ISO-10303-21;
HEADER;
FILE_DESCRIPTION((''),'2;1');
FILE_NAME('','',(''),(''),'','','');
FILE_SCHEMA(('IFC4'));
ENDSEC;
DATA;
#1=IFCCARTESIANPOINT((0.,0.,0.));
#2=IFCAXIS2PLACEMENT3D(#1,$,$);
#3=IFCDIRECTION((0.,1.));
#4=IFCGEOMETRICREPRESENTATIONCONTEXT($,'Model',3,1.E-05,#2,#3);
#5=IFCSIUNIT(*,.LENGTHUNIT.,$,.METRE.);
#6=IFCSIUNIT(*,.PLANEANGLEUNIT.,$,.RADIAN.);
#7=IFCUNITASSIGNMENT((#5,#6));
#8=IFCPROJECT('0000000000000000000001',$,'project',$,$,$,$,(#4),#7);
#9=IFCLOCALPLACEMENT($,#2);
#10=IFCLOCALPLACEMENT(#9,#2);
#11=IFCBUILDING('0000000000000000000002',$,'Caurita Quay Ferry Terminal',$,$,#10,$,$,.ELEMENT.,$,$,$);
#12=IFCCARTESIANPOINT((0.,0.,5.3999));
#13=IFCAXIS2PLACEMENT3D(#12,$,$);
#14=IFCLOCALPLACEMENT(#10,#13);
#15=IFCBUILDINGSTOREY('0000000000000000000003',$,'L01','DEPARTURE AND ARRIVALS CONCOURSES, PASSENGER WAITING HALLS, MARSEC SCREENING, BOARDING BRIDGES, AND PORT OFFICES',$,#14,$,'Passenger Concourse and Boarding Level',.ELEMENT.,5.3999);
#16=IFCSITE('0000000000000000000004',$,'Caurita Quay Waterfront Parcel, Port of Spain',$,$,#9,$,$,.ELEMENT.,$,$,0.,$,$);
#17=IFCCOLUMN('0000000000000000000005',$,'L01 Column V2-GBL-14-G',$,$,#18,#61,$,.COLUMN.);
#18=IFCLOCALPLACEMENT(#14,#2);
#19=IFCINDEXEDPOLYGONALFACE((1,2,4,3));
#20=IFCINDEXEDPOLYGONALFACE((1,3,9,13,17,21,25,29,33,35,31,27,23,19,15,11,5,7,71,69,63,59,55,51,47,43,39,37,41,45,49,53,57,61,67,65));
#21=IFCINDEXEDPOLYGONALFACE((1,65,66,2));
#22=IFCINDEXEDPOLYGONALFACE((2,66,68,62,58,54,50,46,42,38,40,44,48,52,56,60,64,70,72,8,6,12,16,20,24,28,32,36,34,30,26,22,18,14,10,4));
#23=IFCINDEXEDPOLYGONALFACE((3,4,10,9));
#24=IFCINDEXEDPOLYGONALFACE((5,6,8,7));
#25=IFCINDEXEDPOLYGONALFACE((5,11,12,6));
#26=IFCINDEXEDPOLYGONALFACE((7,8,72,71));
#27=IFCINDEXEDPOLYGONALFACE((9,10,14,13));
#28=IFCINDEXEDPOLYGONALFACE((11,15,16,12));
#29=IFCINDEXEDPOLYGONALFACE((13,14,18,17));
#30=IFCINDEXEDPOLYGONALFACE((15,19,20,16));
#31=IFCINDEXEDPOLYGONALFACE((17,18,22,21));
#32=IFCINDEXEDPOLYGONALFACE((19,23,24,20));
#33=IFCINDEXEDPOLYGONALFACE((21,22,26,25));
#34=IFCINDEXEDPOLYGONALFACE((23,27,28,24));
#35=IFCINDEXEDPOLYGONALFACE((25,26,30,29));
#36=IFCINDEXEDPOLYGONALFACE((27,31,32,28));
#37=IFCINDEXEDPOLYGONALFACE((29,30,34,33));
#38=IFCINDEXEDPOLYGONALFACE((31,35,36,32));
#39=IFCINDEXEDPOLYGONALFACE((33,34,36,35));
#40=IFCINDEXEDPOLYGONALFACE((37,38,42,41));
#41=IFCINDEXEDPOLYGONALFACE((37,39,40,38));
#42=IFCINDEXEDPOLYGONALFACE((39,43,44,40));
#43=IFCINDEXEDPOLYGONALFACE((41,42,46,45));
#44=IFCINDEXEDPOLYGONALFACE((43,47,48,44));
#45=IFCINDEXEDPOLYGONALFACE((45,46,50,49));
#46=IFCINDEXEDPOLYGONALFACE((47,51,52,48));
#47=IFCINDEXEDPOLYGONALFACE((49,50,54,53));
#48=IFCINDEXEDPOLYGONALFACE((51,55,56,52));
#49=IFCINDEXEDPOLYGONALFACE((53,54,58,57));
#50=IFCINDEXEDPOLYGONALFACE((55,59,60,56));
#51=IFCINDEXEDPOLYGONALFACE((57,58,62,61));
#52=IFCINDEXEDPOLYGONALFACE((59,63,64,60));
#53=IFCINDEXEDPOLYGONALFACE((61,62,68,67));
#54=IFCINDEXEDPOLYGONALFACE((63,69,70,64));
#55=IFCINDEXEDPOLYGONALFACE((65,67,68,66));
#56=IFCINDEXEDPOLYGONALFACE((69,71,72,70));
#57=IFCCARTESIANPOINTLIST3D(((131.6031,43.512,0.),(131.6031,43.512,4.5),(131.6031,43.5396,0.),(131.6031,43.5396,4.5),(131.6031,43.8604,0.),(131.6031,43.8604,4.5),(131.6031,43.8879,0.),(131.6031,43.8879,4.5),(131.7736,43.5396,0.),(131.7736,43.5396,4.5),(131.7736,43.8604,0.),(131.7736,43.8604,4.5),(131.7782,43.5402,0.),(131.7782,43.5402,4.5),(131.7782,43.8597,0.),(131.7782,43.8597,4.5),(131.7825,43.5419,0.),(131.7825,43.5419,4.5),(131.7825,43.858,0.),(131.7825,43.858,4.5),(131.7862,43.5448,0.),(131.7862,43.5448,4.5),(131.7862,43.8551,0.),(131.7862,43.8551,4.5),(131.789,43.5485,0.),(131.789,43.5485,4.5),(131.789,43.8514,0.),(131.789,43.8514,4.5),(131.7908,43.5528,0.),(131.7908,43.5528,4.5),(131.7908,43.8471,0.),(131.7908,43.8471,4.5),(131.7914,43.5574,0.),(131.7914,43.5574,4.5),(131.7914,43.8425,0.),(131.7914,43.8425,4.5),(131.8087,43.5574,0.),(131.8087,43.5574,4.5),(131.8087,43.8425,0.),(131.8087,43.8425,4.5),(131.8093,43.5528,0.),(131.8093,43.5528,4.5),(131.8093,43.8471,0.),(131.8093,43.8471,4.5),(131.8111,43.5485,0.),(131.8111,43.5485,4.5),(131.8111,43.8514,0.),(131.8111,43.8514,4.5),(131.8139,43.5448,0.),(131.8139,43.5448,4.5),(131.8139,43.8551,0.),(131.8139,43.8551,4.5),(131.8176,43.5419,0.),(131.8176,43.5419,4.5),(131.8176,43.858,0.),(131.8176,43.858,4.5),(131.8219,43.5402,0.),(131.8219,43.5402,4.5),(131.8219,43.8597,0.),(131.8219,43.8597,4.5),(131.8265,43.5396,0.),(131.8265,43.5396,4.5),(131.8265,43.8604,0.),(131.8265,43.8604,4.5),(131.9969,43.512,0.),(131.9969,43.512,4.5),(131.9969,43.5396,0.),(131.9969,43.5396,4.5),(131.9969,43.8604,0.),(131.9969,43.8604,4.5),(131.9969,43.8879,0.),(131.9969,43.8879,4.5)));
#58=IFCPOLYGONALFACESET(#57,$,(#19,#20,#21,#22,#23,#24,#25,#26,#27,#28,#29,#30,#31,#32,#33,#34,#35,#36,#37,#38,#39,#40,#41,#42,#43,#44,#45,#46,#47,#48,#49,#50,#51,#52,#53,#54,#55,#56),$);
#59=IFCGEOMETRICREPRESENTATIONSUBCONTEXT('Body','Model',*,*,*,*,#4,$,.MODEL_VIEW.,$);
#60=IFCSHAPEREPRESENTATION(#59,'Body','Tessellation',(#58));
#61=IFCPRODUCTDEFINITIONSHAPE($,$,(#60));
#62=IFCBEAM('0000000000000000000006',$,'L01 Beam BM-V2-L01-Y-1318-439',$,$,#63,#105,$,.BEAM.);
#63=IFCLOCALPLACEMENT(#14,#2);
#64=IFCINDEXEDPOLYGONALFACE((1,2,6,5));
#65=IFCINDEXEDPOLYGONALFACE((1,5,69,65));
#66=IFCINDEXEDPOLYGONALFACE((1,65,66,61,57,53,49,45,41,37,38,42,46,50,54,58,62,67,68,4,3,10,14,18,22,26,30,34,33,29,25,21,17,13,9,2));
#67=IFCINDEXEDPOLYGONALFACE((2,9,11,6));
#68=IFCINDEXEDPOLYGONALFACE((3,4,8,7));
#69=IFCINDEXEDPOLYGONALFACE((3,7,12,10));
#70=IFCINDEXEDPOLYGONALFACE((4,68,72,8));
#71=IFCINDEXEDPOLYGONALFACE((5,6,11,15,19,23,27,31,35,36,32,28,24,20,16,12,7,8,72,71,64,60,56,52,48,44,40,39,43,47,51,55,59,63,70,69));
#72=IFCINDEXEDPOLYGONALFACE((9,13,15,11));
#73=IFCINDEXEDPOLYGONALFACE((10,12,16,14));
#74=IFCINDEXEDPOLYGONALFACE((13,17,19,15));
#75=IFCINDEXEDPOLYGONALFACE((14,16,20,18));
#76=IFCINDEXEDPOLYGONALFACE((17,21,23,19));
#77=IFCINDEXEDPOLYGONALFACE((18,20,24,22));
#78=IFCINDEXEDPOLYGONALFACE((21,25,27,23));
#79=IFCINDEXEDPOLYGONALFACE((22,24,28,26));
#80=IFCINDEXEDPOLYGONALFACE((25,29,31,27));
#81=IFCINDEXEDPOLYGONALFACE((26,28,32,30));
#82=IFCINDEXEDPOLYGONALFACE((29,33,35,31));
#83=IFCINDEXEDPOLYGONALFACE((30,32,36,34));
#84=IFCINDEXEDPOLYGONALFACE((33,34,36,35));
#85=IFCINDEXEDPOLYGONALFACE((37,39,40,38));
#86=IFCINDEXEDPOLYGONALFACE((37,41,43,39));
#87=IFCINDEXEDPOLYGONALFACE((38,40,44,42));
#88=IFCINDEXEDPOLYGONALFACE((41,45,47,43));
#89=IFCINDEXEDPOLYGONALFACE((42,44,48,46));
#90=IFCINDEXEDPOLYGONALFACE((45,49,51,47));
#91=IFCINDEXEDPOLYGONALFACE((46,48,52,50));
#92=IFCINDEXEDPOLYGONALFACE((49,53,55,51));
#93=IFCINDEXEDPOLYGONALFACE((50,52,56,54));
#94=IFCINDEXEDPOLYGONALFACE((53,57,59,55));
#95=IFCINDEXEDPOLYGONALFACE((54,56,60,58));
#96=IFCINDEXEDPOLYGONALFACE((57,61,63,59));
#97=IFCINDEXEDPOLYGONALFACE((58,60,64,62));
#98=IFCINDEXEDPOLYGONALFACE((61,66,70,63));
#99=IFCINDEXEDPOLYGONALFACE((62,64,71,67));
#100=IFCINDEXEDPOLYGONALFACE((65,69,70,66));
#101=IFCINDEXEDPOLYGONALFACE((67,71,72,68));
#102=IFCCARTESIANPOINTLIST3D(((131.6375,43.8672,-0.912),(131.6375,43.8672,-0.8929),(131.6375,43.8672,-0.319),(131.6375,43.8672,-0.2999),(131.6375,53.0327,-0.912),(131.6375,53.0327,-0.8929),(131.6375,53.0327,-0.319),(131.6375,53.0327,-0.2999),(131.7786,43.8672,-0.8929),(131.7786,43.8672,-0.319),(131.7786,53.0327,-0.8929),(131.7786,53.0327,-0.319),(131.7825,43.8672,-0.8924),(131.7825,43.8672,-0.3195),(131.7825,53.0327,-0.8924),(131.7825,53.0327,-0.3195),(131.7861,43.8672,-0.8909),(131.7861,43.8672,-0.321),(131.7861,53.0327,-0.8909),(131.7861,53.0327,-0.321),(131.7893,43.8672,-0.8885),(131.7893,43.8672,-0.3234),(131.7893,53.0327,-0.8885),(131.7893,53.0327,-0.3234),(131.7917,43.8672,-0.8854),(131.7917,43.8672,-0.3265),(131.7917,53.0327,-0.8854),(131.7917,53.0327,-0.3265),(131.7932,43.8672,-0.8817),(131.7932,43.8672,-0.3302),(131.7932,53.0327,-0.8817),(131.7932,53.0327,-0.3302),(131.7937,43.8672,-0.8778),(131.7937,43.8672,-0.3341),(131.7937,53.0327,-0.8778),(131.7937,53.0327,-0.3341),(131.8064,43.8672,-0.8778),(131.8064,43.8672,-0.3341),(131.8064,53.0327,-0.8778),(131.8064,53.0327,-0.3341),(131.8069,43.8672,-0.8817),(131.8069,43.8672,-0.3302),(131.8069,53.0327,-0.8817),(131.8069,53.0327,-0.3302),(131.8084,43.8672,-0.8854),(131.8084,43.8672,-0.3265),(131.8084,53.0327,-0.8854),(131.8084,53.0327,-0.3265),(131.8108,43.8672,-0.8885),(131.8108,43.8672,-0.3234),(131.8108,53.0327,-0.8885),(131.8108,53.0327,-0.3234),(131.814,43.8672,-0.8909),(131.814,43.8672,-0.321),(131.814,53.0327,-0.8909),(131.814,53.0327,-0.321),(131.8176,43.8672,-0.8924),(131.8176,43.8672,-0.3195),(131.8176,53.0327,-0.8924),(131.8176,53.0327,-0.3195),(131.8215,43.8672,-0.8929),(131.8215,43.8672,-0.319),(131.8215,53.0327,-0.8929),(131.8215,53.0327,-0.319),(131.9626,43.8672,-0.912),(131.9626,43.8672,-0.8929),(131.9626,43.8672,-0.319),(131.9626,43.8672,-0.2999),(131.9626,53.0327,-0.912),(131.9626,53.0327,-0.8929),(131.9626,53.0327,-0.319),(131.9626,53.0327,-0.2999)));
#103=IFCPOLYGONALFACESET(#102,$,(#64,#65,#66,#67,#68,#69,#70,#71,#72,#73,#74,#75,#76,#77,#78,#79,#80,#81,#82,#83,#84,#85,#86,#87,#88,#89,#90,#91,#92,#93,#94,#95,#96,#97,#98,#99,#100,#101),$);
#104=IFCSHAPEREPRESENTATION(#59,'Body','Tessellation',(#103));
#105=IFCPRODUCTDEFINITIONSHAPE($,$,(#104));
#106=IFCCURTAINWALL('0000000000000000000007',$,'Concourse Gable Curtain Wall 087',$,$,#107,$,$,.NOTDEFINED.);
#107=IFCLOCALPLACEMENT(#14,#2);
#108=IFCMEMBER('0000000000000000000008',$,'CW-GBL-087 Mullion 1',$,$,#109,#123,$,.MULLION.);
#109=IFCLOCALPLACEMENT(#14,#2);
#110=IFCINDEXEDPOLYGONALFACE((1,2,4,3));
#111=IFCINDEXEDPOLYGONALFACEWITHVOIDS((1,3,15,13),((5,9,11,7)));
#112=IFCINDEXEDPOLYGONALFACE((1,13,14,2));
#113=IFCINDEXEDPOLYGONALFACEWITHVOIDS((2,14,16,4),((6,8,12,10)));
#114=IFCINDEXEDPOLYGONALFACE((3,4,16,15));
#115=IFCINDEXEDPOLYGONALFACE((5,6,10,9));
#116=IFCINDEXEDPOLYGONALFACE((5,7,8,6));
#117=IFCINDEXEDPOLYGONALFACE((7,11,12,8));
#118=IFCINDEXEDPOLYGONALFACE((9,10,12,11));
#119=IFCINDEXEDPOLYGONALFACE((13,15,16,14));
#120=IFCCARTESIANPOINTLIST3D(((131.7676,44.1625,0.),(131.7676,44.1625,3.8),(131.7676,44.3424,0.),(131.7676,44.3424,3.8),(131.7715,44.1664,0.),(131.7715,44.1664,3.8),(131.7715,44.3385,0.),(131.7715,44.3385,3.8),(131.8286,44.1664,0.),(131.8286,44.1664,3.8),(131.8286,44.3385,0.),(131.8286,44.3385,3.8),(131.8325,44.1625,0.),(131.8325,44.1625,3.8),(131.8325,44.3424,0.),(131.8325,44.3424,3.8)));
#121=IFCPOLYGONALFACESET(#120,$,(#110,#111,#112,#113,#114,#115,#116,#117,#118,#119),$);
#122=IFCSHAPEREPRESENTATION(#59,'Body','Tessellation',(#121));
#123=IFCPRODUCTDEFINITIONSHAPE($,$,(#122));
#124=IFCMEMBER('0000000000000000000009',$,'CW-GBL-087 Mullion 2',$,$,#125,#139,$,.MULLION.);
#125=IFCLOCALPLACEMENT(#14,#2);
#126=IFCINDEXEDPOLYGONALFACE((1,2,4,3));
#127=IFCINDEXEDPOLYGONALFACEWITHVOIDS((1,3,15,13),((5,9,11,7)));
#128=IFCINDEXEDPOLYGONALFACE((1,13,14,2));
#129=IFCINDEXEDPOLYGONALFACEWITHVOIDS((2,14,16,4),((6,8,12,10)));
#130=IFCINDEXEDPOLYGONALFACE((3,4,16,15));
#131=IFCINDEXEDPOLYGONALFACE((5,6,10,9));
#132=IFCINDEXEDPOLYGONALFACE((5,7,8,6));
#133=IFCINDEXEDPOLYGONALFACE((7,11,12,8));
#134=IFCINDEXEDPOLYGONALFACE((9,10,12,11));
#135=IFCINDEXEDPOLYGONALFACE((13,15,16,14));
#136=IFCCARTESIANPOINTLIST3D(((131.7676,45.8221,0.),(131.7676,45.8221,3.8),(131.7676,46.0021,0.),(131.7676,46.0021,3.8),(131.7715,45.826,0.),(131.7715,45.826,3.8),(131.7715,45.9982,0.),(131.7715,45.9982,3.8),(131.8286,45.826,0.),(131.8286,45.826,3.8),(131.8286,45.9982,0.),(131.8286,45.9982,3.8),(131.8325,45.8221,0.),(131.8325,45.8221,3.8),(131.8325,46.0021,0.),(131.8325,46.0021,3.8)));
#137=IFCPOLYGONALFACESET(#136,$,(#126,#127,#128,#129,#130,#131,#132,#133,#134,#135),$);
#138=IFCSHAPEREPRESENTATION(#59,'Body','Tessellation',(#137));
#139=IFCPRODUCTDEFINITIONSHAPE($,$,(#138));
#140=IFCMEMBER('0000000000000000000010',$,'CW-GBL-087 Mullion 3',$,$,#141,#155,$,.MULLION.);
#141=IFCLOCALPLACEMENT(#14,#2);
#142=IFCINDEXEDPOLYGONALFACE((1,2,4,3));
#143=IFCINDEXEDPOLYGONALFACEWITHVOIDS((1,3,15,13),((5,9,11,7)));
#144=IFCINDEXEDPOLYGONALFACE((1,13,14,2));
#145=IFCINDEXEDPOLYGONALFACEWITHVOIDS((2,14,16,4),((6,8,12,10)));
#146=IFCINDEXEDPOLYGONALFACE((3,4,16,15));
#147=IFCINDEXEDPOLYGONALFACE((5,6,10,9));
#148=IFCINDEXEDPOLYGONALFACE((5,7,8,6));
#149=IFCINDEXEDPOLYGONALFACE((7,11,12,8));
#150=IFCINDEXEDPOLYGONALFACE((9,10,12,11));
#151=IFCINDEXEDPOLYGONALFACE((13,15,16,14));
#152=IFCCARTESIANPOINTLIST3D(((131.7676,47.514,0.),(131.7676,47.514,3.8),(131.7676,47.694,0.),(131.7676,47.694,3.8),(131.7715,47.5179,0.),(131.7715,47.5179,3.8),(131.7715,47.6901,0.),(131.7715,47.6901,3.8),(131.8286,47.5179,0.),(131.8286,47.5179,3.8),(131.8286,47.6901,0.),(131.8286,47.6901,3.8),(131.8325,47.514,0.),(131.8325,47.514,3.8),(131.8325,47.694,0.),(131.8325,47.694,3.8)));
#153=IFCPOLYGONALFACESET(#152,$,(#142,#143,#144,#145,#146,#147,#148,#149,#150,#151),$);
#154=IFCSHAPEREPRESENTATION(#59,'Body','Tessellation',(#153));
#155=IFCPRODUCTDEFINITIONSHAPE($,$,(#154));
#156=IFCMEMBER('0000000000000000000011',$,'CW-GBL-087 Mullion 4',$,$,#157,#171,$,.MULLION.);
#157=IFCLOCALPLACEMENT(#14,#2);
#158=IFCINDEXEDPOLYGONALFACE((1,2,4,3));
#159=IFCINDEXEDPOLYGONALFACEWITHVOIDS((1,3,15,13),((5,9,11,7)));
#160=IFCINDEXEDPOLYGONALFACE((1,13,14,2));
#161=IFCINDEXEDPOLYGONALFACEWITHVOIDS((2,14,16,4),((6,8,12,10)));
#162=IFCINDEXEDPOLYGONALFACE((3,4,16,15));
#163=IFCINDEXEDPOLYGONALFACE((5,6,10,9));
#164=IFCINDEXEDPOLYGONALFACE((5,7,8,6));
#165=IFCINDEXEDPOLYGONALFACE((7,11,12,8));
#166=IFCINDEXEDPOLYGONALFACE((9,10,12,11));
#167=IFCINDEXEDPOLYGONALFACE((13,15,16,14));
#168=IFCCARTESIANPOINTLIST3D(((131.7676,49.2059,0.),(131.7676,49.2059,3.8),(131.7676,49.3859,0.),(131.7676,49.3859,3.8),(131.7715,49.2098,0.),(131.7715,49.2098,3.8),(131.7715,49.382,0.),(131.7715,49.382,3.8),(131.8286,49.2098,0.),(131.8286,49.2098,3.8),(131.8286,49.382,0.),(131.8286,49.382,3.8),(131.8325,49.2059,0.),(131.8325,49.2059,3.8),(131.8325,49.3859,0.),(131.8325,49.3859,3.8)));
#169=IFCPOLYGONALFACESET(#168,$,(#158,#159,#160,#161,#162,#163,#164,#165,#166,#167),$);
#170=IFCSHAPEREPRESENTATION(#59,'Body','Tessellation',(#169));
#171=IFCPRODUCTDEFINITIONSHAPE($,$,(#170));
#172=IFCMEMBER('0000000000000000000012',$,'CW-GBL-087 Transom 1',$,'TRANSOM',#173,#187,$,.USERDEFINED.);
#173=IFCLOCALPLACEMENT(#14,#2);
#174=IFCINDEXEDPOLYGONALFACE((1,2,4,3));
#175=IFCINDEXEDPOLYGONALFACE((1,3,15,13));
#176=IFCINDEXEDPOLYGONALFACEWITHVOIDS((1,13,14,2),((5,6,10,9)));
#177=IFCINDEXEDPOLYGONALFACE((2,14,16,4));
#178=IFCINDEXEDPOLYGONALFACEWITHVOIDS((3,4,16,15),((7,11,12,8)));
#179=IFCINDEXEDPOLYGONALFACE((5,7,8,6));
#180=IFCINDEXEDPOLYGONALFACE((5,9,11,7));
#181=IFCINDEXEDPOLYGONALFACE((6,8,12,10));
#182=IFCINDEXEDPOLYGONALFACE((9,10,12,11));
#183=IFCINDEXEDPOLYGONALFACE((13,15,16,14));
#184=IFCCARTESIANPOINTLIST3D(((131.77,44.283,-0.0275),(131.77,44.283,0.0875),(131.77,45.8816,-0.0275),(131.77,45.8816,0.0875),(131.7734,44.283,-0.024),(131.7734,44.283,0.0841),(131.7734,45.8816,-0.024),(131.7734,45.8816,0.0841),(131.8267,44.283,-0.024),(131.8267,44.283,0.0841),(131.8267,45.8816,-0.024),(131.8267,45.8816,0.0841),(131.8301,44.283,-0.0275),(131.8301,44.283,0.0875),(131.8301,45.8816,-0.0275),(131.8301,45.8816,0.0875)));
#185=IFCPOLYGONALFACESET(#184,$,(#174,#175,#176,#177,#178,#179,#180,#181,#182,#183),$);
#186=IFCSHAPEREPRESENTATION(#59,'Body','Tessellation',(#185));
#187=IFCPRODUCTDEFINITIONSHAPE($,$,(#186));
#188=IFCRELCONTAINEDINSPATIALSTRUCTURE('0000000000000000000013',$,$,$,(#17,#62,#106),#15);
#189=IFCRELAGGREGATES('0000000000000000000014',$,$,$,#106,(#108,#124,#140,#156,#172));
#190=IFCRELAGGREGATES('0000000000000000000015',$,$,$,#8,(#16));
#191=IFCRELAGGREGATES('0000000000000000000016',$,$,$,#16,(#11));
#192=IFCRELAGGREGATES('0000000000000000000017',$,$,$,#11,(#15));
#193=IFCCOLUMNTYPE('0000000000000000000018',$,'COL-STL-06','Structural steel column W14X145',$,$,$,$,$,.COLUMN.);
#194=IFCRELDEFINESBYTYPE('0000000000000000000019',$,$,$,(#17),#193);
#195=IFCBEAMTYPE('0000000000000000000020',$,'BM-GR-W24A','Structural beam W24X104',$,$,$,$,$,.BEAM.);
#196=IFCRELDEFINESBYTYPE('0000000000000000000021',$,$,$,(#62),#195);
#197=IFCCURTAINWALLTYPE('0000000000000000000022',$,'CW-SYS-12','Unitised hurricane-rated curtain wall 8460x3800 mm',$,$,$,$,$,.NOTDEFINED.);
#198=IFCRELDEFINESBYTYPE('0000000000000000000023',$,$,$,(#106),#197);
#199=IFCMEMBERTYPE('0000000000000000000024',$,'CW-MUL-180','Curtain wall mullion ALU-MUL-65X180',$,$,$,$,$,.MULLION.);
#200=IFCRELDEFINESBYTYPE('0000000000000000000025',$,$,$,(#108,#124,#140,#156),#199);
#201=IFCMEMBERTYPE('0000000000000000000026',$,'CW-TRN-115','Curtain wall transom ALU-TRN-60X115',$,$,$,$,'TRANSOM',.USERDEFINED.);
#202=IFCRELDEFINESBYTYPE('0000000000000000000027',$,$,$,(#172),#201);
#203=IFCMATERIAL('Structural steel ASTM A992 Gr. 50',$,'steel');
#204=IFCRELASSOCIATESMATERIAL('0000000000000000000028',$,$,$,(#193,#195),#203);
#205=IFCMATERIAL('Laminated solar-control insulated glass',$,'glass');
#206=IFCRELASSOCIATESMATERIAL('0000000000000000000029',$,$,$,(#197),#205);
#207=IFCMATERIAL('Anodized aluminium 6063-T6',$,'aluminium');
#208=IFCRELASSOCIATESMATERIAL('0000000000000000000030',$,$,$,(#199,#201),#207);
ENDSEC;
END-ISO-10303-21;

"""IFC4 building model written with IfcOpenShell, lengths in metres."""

from ifc_helpers import new_model, si_unit, direction, frame, origin, origin_2d, place, context, subcontext, project, spatial, hollow_rectangle, i_section, extrude, material, material_profile, profile_set, type_object, element, aggregate, save


model = new_model("IFC4")

# Units and contexts
model_context = context("Model", 3, precision=1e-05, world=origin(), true_north=direction((0.0, 1.0)))
body_context = subcontext(model_context, "Body", "Model", "MODEL_VIEW")
ifc_project = project(units=[si_unit("LENGTHUNIT", "METRE"), si_unit("PLANEANGLEUNIT", "RADIAN")], contexts=[model_context])

# Site, building, storey
site_placement = place(None, origin())
site = spatial("IfcSite", under=ifc_project, at=site_placement, Name="Caurita Quay Waterfront Parcel, Port of Spain", CompositionType="ELEMENT", RefElevation=0.0)
building_placement = place(site_placement, origin())
building = spatial("IfcBuilding", under=site, at=building_placement, Name="Caurita Quay Ferry Terminal", CompositionType="ELEMENT")
storey_placement = place(building_placement, frame((0.0, 0.0, 5.3999)))
storey = spatial("IfcBuildingStorey", under=building, at=storey_placement, Name="L01", Description="DEPARTURE AND ARRIVALS CONCOURSES, PASSENGER WAITING HALLS, MARSEC SCREENING, BOARDING BRIDGES, AND PORT OFFICES", LongName="Passenger Concourse and Boarding Level", CompositionType="ELEMENT", Elevation=5.3999)

# Column
ifc_material_1 = material(Name="Structural steel ASTM A992 Gr. 50", Category="steel")
ifc_material_profile_1 = material_profile(ifc_material_1, i_section(OverallWidth=0.3938, OverallDepth=0.376, WebThickness=0.0173, FlangeThickness=0.0276, FilletRadius=0.0178, at=origin_2d()), Name="W14X145")
ifc_profile_set_1 = profile_set([ifc_material_profile_1], Name="Structural steel ASTM A992 Gr. 50")
column_type = type_object("IfcColumnType", Name="COL-STL-06", Description="Structural steel column W14X145", PredefinedType="COLUMN", material=ifc_profile_set_1)
column_placement = place(storey_placement, frame((131.8, 43.7, 0.0), z_axis=(0.0, 0.0, 1.0), x_axis=(1.0, 0.0, 0.0)))
element("IfcColumn", 1, at=column_placement, inside=storey, type_object=column_type, Name="L01 Column V2-GBL-14-G", PredefinedType="COLUMN", context=body_context, shape_type="SweptSolid", body=[
    extrude(i_section(OverallWidth=0.3938, OverallDepth=0.376, WebThickness=0.0173, FlangeThickness=0.0276, FilletRadius=0.0178, at=origin_2d()), origin(), (0.0, 0.0, 1.0), 4.5),
])

# Beam
ifc_material_profile_2 = material_profile(ifc_material_1, i_section(OverallWidth=0.3252, OverallDepth=0.6121, WebThickness=0.0127, FlangeThickness=0.019, FilletRadius=0.0151, at=origin_2d()), Name="W24X104")
ifc_profile_set_2 = profile_set([ifc_material_profile_2], Name="Structural steel ASTM A992 Gr. 50")
beam_type = type_object("IfcBeamType", Name="BM-GR-W24A", Description="Structural beam W24X104", PredefinedType="BEAM", material=ifc_profile_set_2)
beam_placement = place(storey_placement, frame((131.8, 43.8672, -0.606), z_axis=(0.0, 1.0, 0.0), x_axis=(-1.0, 0.0, 0.0)))
element("IfcBeam", 2, at=beam_placement, inside=storey, type_object=beam_type, Name="L01 Beam BM-V2-L01-Y-1318-439", PredefinedType="BEAM", context=body_context, shape_type="SweptSolid", body=[
    extrude(i_section(OverallWidth=0.3252, OverallDepth=0.6121, WebThickness=0.0127, FlangeThickness=0.019, FilletRadius=0.0151, at=origin_2d()), origin(), (0.0, 0.0, 1.0), 9.1655),
])

# Curtain wall, members
ifc_material_2 = material(Name="Laminated solar-control insulated glass", Category="glass")
curtain_wall_type = type_object("IfcCurtainWallType", Name="CW-SYS-12", Description="Unitised hurricane-rated curtain wall 8460x3800 mm", PredefinedType="NOTDEFINED", material=ifc_material_2)
curtain_wall_placement = place(storey_placement, origin())
curtain_wall = element("IfcCurtainWall", 3, at=curtain_wall_placement, inside=storey, type_object=curtain_wall_type, Name="Concourse Gable Curtain Wall 087", PredefinedType="NOTDEFINED")
ifc_material_3 = material(Name="Anodized aluminium 6063-T6", Category="aluminium")
ifc_material_profile_3 = material_profile(ifc_material_3, hollow_rectangle(XDim=0.0649, YDim=0.1799, WallThickness=0.0039, at=origin_2d()), Name="ALU-MUL-65X180")
ifc_profile_set_3 = profile_set([ifc_material_profile_3], Name="Anodized aluminium 6063-T6")
member_type_1 = type_object("IfcMemberType", Name="CW-MUL-180", Description="Curtain wall mullion ALU-MUL-65X180", PredefinedType="MULLION", material=ifc_profile_set_3)
member_1_placement = place(storey_placement, frame((131.8, 44.2524, 0.0), z_axis=(0.0, 0.0, 1.0), x_axis=(-1.0, 0.0, 0.0)))
member_1 = element("IfcMember", 4, at=member_1_placement, type_object=member_type_1, Name="CW-GBL-087 Mullion 1", PredefinedType="MULLION", context=body_context, shape_type="SweptSolid", body=[
    extrude(hollow_rectangle(XDim=0.0649, YDim=0.1799, WallThickness=0.0039, at=origin_2d()), origin(), (0.0, 0.0, 1.0), 3.8),
])
member_2_placement = place(storey_placement, frame((131.8, 45.9121, 0.0), z_axis=(0.0, 0.0, 1.0), x_axis=(-1.0, 0.0, 0.0)))
member_2 = element("IfcMember", 5, at=member_2_placement, type_object=member_type_1, Name="CW-GBL-087 Mullion 2", PredefinedType="MULLION", context=body_context, shape_type="SweptSolid", body=[
    extrude(hollow_rectangle(XDim=0.0649, YDim=0.1799, WallThickness=0.0039, at=origin_2d()), origin(), (0.0, 0.0, 1.0), 3.8),
])
member_3_placement = place(storey_placement, frame((131.8, 47.604, 0.0), z_axis=(0.0, 0.0, 1.0), x_axis=(-1.0, 0.0, 0.0)))
member_3 = element("IfcMember", 6, at=member_3_placement, type_object=member_type_1, Name="CW-GBL-087 Mullion 3", PredefinedType="MULLION", context=body_context, shape_type="SweptSolid", body=[
    extrude(hollow_rectangle(XDim=0.0649, YDim=0.1799, WallThickness=0.0039, at=origin_2d()), origin(), (0.0, 0.0, 1.0), 3.8),
])
member_4_placement = place(storey_placement, frame((131.8, 49.2959, 0.0), z_axis=(0.0, 0.0, 1.0), x_axis=(-1.0, 0.0, 0.0)))
member_4 = element("IfcMember", 7, at=member_4_placement, type_object=member_type_1, Name="CW-GBL-087 Mullion 4", PredefinedType="MULLION", context=body_context, shape_type="SweptSolid", body=[
    extrude(hollow_rectangle(XDim=0.0649, YDim=0.1799, WallThickness=0.0039, at=origin_2d()), origin(), (0.0, 0.0, 1.0), 3.8),
])
ifc_material_profile_4 = material_profile(ifc_material_3, hollow_rectangle(XDim=0.0601, YDim=0.115, WallThickness=0.0034, at=origin_2d()), Name="ALU-TRN-60X115")
ifc_profile_set_4 = profile_set([ifc_material_profile_4], Name="Anodized aluminium 6063-T6")
member_type_2 = type_object("IfcMemberType", Name="CW-TRN-115", Description="Curtain wall transom ALU-TRN-60X115", ElementType="TRANSOM", PredefinedType="USERDEFINED", material=ifc_profile_set_4)
member_5_placement = place(storey_placement, frame((131.8, 44.283, 0.03), z_axis=(0.0, 1.0, 0.0), x_axis=(-1.0, 0.0, 0.0)))
member_5 = element("IfcMember", 8, at=member_5_placement, type_object=member_type_2, Name="CW-GBL-087 Transom 1", ObjectType="TRANSOM", PredefinedType="USERDEFINED", context=body_context, shape_type="SweptSolid", body=[
    extrude(hollow_rectangle(XDim=0.0601, YDim=0.115, WallThickness=0.0034, at=origin_2d()), origin(), (0.0, 0.0, 1.0), 1.5986),
])
aggregate(curtain_wall, [member_1, member_2, member_3, member_4, member_5])

save(model, "model.ifc")
